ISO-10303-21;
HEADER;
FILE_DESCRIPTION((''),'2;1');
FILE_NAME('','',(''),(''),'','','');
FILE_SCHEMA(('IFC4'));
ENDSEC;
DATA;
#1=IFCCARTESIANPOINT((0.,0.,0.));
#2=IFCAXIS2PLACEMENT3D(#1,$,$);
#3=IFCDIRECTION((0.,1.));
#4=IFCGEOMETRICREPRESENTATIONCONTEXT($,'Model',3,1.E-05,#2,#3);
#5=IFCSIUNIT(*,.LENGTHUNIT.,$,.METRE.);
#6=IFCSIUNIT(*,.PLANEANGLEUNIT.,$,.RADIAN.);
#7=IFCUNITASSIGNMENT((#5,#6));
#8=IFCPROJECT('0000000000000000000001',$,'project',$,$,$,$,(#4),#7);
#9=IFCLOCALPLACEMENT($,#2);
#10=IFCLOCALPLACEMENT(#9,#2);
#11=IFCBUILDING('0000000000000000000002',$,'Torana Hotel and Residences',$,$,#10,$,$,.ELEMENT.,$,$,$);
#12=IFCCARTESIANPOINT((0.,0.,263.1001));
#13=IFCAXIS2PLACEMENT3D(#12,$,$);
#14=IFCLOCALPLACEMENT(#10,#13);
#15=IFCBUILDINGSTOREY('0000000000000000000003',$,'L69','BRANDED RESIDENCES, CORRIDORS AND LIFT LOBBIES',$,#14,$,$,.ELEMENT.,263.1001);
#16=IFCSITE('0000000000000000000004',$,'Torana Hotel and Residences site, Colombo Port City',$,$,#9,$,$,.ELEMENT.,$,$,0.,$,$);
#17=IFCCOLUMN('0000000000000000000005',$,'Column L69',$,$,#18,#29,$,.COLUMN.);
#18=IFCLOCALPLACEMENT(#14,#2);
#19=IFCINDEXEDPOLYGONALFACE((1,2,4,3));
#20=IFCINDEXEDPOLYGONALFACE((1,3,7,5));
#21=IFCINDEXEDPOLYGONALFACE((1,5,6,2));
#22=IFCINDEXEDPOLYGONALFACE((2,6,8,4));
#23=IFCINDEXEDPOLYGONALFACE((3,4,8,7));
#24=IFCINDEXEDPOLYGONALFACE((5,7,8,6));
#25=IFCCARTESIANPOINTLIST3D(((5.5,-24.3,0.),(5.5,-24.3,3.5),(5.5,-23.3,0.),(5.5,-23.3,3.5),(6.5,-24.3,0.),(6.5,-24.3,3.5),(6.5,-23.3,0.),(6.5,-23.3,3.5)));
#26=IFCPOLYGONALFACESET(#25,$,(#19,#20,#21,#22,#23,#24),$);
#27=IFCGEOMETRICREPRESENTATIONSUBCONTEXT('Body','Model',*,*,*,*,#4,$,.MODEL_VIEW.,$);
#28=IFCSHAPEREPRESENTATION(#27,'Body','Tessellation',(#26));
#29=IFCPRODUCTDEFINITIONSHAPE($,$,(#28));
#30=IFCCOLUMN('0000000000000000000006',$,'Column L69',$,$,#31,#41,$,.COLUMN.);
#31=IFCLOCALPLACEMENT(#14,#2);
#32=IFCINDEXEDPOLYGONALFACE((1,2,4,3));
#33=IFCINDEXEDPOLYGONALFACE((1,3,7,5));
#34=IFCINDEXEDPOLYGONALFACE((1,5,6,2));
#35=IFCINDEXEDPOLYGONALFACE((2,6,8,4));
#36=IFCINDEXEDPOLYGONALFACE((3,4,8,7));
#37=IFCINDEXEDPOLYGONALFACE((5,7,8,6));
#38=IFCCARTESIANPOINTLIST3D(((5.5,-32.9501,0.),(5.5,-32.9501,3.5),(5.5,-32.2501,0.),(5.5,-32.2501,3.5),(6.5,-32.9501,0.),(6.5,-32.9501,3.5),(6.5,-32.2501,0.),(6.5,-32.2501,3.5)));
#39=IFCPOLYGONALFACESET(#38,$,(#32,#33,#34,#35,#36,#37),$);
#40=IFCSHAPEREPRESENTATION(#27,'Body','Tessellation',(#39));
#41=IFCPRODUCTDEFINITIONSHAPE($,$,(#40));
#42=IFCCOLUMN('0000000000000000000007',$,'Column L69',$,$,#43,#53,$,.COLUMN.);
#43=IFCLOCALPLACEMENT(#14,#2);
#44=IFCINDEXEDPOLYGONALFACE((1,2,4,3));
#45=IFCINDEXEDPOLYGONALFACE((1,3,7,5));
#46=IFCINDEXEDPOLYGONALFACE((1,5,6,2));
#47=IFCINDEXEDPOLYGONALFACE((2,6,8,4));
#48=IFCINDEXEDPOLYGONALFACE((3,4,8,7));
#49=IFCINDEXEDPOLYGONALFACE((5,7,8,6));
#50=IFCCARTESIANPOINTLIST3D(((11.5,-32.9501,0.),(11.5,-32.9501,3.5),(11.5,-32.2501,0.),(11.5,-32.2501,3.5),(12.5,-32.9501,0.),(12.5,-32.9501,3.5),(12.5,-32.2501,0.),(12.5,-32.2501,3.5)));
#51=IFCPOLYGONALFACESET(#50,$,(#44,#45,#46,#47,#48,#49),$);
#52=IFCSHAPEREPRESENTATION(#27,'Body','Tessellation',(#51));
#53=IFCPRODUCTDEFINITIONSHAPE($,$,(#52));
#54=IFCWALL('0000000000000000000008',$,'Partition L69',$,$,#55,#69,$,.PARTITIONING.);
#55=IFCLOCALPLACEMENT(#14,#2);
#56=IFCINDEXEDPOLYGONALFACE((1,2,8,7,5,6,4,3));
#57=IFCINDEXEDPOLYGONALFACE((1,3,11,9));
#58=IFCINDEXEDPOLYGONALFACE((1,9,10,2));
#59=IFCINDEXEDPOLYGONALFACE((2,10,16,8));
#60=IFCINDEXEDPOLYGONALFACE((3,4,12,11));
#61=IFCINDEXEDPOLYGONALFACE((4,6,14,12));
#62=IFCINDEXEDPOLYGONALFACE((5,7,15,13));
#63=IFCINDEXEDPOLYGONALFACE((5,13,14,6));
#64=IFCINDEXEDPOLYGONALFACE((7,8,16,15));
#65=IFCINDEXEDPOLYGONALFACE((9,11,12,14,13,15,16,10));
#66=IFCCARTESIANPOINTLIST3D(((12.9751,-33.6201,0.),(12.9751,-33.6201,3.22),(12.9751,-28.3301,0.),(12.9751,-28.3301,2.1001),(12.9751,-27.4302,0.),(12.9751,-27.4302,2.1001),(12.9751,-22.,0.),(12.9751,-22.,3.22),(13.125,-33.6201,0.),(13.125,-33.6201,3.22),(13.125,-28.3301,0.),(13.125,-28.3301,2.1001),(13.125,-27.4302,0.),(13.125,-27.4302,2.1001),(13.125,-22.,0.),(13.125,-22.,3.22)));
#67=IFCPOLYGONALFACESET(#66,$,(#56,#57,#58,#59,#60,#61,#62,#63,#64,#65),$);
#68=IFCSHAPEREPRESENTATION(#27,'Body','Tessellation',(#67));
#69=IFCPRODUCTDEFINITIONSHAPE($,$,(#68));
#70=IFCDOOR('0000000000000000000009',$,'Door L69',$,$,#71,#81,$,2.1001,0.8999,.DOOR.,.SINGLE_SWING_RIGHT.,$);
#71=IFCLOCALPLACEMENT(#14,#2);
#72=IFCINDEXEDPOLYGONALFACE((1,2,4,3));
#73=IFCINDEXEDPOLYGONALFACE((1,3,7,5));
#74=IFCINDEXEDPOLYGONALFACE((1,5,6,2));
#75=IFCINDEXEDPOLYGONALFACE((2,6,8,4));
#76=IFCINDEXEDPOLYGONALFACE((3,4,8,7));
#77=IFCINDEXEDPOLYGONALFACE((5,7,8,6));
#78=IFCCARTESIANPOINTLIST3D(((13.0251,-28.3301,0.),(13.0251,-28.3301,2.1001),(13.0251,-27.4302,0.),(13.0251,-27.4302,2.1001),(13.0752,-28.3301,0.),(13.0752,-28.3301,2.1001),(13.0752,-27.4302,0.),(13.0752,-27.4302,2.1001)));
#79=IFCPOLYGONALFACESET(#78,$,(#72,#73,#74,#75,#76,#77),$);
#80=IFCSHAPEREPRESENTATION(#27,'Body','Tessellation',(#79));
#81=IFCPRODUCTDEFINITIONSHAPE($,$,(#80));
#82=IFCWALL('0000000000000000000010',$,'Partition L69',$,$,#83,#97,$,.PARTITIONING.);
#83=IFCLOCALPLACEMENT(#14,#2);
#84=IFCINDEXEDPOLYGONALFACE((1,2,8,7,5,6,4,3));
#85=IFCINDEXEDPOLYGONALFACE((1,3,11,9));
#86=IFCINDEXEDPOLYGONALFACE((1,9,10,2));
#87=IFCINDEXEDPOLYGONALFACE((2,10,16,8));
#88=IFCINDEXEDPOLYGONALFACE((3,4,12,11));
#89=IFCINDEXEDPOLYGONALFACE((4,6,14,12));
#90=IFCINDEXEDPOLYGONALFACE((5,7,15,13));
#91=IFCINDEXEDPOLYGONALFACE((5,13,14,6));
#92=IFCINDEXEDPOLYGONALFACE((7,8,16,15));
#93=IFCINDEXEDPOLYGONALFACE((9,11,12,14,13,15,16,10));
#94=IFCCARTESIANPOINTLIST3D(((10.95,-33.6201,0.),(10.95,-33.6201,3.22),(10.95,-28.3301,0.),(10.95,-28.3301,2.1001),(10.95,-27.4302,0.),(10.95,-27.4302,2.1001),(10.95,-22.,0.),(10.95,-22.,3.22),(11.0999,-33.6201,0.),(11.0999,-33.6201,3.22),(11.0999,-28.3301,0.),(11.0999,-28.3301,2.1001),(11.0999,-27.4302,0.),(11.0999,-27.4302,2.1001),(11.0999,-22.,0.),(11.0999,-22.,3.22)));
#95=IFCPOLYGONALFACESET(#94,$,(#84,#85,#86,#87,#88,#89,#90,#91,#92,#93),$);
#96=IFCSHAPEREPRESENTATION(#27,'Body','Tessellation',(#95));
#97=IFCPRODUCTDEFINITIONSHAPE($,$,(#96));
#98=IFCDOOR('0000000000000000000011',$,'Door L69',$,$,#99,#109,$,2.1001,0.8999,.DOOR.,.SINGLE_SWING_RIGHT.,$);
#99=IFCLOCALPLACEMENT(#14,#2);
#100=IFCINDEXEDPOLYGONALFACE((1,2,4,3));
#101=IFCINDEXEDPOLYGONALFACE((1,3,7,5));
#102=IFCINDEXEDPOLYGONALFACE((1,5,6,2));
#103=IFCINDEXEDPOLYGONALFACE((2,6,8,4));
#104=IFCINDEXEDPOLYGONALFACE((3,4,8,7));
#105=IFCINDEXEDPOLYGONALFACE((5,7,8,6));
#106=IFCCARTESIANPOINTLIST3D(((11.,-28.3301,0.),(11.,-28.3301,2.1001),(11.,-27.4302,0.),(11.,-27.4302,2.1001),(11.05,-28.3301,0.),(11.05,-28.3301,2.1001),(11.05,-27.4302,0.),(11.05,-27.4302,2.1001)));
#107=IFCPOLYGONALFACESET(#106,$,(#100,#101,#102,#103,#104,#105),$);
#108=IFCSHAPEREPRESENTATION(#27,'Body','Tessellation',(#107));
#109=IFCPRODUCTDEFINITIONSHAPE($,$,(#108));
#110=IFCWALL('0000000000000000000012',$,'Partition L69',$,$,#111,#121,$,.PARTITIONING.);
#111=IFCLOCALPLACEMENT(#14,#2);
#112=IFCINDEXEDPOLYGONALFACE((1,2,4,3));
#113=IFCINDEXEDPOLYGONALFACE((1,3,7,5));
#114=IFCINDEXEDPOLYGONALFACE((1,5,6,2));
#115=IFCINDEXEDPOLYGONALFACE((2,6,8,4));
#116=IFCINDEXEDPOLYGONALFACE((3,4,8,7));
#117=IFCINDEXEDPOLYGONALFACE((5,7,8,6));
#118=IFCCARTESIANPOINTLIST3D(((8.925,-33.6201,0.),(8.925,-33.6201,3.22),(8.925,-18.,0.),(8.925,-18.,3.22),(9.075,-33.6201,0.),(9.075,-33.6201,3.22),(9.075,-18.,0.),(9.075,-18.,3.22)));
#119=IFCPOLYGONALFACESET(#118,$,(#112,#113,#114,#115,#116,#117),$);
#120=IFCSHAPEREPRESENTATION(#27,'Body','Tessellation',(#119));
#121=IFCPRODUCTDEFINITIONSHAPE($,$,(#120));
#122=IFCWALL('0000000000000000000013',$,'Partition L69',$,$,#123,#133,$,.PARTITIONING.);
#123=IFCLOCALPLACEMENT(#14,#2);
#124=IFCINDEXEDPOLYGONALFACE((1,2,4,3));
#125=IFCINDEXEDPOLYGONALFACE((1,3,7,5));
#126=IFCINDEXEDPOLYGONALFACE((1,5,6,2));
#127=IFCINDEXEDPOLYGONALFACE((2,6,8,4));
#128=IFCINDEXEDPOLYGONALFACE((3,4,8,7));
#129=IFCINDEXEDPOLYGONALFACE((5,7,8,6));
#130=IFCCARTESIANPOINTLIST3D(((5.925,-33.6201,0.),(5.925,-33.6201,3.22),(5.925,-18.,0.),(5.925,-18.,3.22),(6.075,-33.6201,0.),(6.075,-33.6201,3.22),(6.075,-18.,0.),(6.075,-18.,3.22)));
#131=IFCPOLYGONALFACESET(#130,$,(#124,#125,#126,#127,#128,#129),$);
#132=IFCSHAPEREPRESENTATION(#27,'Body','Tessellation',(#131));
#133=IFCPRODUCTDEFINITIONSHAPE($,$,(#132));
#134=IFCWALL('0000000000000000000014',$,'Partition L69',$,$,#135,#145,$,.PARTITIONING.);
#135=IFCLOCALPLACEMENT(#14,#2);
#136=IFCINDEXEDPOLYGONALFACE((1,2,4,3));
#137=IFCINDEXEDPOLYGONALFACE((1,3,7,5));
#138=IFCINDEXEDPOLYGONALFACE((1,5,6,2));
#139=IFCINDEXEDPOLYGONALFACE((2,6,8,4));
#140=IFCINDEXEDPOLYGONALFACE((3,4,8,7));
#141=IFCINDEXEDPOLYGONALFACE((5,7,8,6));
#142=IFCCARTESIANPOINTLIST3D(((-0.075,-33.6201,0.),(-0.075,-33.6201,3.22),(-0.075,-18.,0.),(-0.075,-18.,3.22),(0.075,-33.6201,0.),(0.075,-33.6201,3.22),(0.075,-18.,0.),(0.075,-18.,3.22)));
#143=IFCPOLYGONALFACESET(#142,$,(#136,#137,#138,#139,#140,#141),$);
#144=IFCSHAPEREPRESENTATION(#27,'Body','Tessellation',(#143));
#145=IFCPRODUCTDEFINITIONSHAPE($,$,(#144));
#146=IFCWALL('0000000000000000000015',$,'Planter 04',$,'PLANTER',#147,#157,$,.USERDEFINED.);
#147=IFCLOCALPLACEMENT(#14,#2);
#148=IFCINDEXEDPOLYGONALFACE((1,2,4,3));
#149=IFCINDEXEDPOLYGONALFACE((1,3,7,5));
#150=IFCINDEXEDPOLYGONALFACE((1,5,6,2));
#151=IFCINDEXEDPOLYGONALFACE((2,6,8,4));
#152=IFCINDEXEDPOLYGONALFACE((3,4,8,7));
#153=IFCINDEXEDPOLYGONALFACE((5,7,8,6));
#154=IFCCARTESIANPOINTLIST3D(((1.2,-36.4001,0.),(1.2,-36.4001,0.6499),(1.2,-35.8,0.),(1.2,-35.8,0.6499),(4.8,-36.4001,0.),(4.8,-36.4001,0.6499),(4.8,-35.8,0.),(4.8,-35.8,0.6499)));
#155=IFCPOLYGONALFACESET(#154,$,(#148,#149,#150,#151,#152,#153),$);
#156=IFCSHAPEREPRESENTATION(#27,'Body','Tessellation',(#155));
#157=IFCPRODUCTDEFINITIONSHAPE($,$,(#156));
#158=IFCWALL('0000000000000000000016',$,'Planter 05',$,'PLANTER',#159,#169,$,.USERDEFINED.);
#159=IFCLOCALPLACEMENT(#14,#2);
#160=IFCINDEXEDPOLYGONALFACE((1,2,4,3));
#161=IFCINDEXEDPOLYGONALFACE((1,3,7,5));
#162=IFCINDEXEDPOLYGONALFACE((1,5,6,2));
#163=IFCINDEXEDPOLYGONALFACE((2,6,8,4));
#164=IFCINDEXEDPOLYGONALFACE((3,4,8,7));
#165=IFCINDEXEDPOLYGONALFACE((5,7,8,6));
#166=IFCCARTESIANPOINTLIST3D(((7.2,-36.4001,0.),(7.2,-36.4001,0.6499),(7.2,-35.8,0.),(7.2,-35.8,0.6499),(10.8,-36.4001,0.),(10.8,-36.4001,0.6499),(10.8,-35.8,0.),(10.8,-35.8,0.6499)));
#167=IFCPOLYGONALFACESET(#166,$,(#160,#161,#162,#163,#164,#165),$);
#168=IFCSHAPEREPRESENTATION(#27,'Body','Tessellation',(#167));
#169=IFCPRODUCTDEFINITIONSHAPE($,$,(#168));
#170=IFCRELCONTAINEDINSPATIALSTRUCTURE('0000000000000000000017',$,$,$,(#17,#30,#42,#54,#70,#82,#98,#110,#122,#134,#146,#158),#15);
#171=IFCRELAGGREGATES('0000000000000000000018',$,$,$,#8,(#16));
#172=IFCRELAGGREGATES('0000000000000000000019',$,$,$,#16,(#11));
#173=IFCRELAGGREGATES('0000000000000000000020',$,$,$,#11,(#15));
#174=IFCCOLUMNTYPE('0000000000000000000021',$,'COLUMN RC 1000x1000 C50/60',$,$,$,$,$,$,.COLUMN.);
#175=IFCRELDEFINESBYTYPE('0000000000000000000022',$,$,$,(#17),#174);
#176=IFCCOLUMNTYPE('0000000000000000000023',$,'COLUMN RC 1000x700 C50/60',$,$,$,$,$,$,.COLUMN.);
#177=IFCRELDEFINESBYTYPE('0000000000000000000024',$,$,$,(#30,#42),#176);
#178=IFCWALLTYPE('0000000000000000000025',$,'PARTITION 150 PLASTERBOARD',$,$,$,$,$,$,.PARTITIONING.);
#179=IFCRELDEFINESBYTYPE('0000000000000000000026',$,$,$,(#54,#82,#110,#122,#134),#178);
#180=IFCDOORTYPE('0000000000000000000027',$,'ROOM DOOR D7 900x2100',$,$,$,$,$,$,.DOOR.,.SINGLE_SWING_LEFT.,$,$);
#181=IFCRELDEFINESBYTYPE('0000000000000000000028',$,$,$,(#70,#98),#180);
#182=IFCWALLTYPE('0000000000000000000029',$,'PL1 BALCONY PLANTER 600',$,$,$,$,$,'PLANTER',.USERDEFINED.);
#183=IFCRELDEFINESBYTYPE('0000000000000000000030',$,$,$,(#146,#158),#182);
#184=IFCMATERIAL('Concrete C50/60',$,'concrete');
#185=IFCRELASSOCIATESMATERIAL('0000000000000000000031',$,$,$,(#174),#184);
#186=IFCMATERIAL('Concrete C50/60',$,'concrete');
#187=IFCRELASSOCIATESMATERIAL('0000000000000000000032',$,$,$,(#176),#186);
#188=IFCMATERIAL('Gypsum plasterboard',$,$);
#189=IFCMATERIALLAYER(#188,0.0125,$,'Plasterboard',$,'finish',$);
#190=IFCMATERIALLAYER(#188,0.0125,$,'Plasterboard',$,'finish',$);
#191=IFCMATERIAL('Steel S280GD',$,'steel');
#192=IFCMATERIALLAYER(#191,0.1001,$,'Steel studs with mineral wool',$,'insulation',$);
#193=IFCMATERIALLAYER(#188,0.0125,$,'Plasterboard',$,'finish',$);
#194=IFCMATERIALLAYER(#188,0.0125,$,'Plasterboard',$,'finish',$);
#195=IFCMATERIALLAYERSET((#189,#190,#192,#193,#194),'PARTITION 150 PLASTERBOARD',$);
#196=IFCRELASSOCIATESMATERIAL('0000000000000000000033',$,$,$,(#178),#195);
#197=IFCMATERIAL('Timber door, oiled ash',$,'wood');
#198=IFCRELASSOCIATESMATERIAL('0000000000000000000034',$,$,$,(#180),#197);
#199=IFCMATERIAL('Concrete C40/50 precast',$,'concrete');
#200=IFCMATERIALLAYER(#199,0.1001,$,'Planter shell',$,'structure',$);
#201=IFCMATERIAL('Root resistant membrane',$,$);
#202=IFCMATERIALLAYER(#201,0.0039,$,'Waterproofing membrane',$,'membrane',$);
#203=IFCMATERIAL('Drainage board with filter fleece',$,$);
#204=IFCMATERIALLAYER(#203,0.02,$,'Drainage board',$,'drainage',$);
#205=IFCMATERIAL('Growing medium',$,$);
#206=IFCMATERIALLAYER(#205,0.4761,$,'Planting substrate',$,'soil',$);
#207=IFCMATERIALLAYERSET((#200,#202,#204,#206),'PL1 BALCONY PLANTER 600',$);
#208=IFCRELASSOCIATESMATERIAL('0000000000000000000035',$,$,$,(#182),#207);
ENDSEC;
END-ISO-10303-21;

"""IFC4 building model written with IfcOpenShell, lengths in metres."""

from ifc_helpers import new_model, si_unit, direction, frame, frame_2d, origin, origin_2d, place, context, subcontext, project, spatial, rectangle, extrude, material, layer, layer_set, material_profile, profile_set, type_object, element, fill, save


model = new_model("IFC4")

# Units and contexts
model_context = context("Model", 3, precision=1e-05, world=origin(), true_north=direction((0.0, 1.0)))
body_context = subcontext(model_context, "Body", "Model", "MODEL_VIEW")
ifc_project = project(units=[si_unit("LENGTHUNIT", "METRE"), si_unit("PLANEANGLEUNIT", "RADIAN")], contexts=[model_context])

# Site, building, storey
site_placement = place(None, origin())
site = spatial("IfcSite", under=ifc_project, at=site_placement, Name="Torana Hotel and Residences site, Colombo Port City", CompositionType="ELEMENT", RefElevation=0.0)
building_placement = place(site_placement, origin())
building = spatial("IfcBuilding", under=site, at=building_placement, Name="Torana Hotel and Residences", CompositionType="ELEMENT")
storey_placement = place(building_placement, frame((0.0, 0.0, 263.1001)))
storey = spatial("IfcBuildingStorey", under=building, at=storey_placement, Name="L69", Description="BRANDED RESIDENCES, CORRIDORS AND LIFT LOBBIES", CompositionType="ELEMENT", Elevation=263.1001)

# Columns
ifc_material_1 = material(Name="Concrete C50/60", Category="concrete")
ifc_material_profile_1 = material_profile(ifc_material_1, rectangle(XDim=1.0, YDim=1.0, at=origin_2d()), Name="RC 1000x1000")
ifc_profile_set_1 = profile_set([ifc_material_profile_1], Name="Concrete C50/60")
column_type_1 = type_object("IfcColumnType", Name="COLUMN RC 1000x1000 C50/60", PredefinedType="COLUMN", material=ifc_profile_set_1)
column_placement = place(storey_placement, frame((6.0, -23.8, 0.0), z_axis=(0.0, 0.0, 1.0), x_axis=(1.0, 0.0, 0.0)))
element("IfcColumn", 1, at=column_placement, inside=storey, type_object=column_type_1, Name="Column L69", PredefinedType="COLUMN", context=body_context, shape_type="SweptSolid", body=[
    extrude(rectangle(XDim=1.0, YDim=1.0, at=origin_2d()), origin(), (0.0, 0.0, 1.0), 3.5),
])
ifc_material_2 = material(Name="Concrete C50/60", Category="concrete")
ifc_material_profile_2 = material_profile(ifc_material_2, rectangle(XDim=1.0, YDim=0.7, at=origin_2d()), Name="RC 1000x700")
ifc_profile_set_2 = profile_set([ifc_material_profile_2], Name="Concrete C50/60")
column_type_2 = type_object("IfcColumnType", Name="COLUMN RC 1000x700 C50/60", PredefinedType="COLUMN", material=ifc_profile_set_2)
for number, where, z_axis, x_axis, name in (
    (2, (6.0, -32.6001, 0.0), (0.0, 0.0, 1.0), (1.0, 0.0, 0.0), "Column L69"),
    (3, (12.0, -32.6001, 0.0), (0.0, 0.0, 1.0), (1.0, 0.0, 0.0), "Column L69"),
):
    element("IfcColumn", number, at=place(storey_placement, frame(where, z_axis=z_axis, x_axis=x_axis)), inside=storey, type_object=column_type_2, Name=name, PredefinedType="COLUMN", context=body_context, shape_type="SweptSolid", body=[
        extrude(rectangle(XDim=1.0, YDim=0.7, at=origin_2d()), origin(), (0.0, 0.0, 1.0), 3.5),
    ])

# Walls, openings, doors
ifc_material_3 = material(Name="Gypsum plasterboard")
ifc_layer_1 = layer(ifc_material_3, 0.0125, Name="Plasterboard", Category="finish")
ifc_layer_2 = layer(ifc_material_3, 0.0125, Name="Plasterboard", Category="finish")
ifc_material_4 = material(Name="Steel S280GD", Category="steel")
ifc_layer_3 = layer(ifc_material_4, 0.1001, Name="Steel studs with mineral wool", Category="insulation")
ifc_layer_4 = layer(ifc_material_3, 0.0125, Name="Plasterboard", Category="finish")
ifc_layer_5 = layer(ifc_material_3, 0.0125, Name="Plasterboard", Category="finish")
ifc_layer_set_1 = layer_set([ifc_layer_1, ifc_layer_2, ifc_layer_3, ifc_layer_4, ifc_layer_5], Name="PARTITION 150 PLASTERBOARD")
wall_type_1 = type_object("IfcWallType", Name="PARTITION 150 PLASTERBOARD", PredefinedType="PARTITIONING", material=ifc_layer_set_1)
wall_1_placement = place(storey_placement, frame((13.05, -33.6201, 0.0), z_axis=(0.0, 0.0, 1.0), x_axis=(0.0, 1.0, 0.0)))
wall_1 = element("IfcWall", 4, at=wall_1_placement, inside=storey, type_object=wall_type_1, Name="Partition L69", PredefinedType="PARTITIONING", context=body_context, shape_type="SweptSolid", body=[
    extrude(rectangle(XDim=11.6201, YDim=0.1499, at=frame_2d((5.8101, 0.0))), origin(), (0.0, 0.0, 1.0), 3.22),
])
opening_1_placement = place(wall_1_placement, frame((5.29, 0.0, 0.0)))
opening_1 = element("IfcOpeningElement", 5, at=opening_1_placement, cuts=wall_1, PredefinedType="OPENING", context=body_context, shape_type="SweptSolid", body=[
    extrude(rectangle(XDim=0.8999, YDim=2.1001, at=frame_2d((0.45, 1.05))), frame((0.0, 0.085, 0.0), z_axis=(0.0, -1.0, 0.0), x_axis=(1.0, 0.0, 0.0)), (0.0, 0.0, 1.0), 0.1699),
])
ifc_material_5 = material(Name="Timber door, oiled ash", Category="wood")
door_type = type_object("IfcDoorType", Name="ROOM DOOR D7 900x2100", OperationType="SINGLE_SWING_LEFT", PredefinedType="DOOR", material=ifc_material_5)
door_1_placement = place(opening_1_placement, origin())
door_1 = element("IfcDoor", 6, at=door_1_placement, inside=storey, type_object=door_type, Name="Door L69", OperationType="SINGLE_SWING_RIGHT", OverallHeight=2.1001, OverallWidth=0.8999, PredefinedType="DOOR", context=body_context, shape_type="SweptSolid", body=[
    extrude(rectangle(XDim=0.8999, YDim=2.1001, at=frame_2d((0.45, 1.05))), frame((0.0, 0.0249, 0.0), z_axis=(0.0, -1.0, 0.0), x_axis=(1.0, 0.0, 0.0)), (0.0, 0.0, 1.0), 0.05),
])
fill(opening_1, door_1)
wall_2_placement = place(storey_placement, frame((11.0249, -33.6201, 0.0), z_axis=(0.0, 0.0, 1.0), x_axis=(0.0, 1.0, 0.0)))
wall_2 = element("IfcWall", 7, at=wall_2_placement, inside=storey, type_object=wall_type_1, Name="Partition L69", PredefinedType="PARTITIONING", context=body_context, shape_type="SweptSolid", body=[
    extrude(rectangle(XDim=11.6201, YDim=0.1499, at=frame_2d((5.8101, 0.0))), origin(), (0.0, 0.0, 1.0), 3.22),
])
opening_2_placement = place(wall_2_placement, frame((5.29, 0.0, 0.0)))
opening_2 = element("IfcOpeningElement", 8, at=opening_2_placement, cuts=wall_2, PredefinedType="OPENING", context=body_context, shape_type="SweptSolid", body=[
    extrude(rectangle(XDim=0.8999, YDim=2.1001, at=frame_2d((0.45, 1.05))), frame((0.0, 0.085, 0.0), z_axis=(0.0, -1.0, 0.0), x_axis=(1.0, 0.0, 0.0)), (0.0, 0.0, 1.0), 0.1699),
])
door_2_placement = place(opening_2_placement, origin())
door_2 = element("IfcDoor", 9, at=door_2_placement, inside=storey, type_object=door_type, Name="Door L69", OperationType="SINGLE_SWING_RIGHT", OverallHeight=2.1001, OverallWidth=0.8999, PredefinedType="DOOR", context=body_context, shape_type="SweptSolid", body=[
    extrude(rectangle(XDim=0.8999, YDim=2.1001, at=frame_2d((0.45, 1.05))), frame((0.0, 0.0249, 0.0), z_axis=(0.0, -1.0, 0.0), x_axis=(1.0, 0.0, 0.0)), (0.0, 0.0, 1.0), 0.05),
])
fill(opening_2, door_2)

# Walls
for number, where, z_axis, x_axis, name in (
    (10, (9.0, -33.6201, 0.0), (0.0, 0.0, 1.0), (0.0, 1.0, 0.0), "Partition L69"),
    (11, (6.0, -33.6201, 0.0), (0.0, 0.0, 1.0), (0.0, 1.0, 0.0), "Partition L69"),
    (12, (0.0, -33.6201, 0.0), (0.0, 0.0, 1.0), (0.0, 1.0, 0.0), "Partition L69"),
):
    element("IfcWall", number, at=place(storey_placement, frame(where, z_axis=z_axis, x_axis=x_axis)), inside=storey, type_object=wall_type_1, Name=name, PredefinedType="PARTITIONING", context=body_context, shape_type="SweptSolid", body=[
        extrude(rectangle(XDim=15.6201, YDim=0.1499, at=frame_2d((7.8101, 0.0))), origin(), (0.0, 0.0, 1.0), 3.22),
    ])
ifc_material_6 = material(Name="Concrete C40/50 precast", Category="concrete")
ifc_layer_6 = layer(ifc_material_6, 0.1001, Name="Planter shell", Category="structure")
ifc_material_7 = material(Name="Root resistant membrane")
ifc_layer_7 = layer(ifc_material_7, 0.0039, Name="Waterproofing membrane", Category="membrane")
ifc_material_8 = material(Name="Drainage board with filter fleece")
ifc_layer_8 = layer(ifc_material_8, 0.02, Name="Drainage board", Category="drainage")
ifc_material_9 = material(Name="Growing medium")
ifc_layer_9 = layer(ifc_material_9, 0.4761, Name="Planting substrate", Category="soil")
ifc_layer_set_2 = layer_set([ifc_layer_6, ifc_layer_7, ifc_layer_8, ifc_layer_9], Name="PL1 BALCONY PLANTER 600")
wall_type_2 = type_object("IfcWallType", Name="PL1 BALCONY PLANTER 600", ElementType="PLANTER", PredefinedType="USERDEFINED", material=ifc_layer_set_2)
for number, where, z_axis, x_axis, name in (
    (13, (4.8, -36.1001, 0.0), (0.0, 0.0, 1.0), (-1.0, 0.0, 0.0), "Planter 04"),
    (14, (10.8, -36.1001, 0.0), (0.0, 0.0, 1.0), (-1.0, 0.0, 0.0), "Planter 05"),
):
    element("IfcWall", number, at=place(storey_placement, frame(where, z_axis=z_axis, x_axis=x_axis)), inside=storey, type_object=wall_type_2, Name=name, ObjectType="PLANTER", PredefinedType="USERDEFINED", context=body_context, shape_type="SweptSolid", body=[
        extrude(rectangle(XDim=3.6001, YDim=0.6001, at=frame_2d((1.8, 0.0))), origin(), (0.0, 0.0, 1.0), 0.6499),
    ])

save(model, "model.ifc")
